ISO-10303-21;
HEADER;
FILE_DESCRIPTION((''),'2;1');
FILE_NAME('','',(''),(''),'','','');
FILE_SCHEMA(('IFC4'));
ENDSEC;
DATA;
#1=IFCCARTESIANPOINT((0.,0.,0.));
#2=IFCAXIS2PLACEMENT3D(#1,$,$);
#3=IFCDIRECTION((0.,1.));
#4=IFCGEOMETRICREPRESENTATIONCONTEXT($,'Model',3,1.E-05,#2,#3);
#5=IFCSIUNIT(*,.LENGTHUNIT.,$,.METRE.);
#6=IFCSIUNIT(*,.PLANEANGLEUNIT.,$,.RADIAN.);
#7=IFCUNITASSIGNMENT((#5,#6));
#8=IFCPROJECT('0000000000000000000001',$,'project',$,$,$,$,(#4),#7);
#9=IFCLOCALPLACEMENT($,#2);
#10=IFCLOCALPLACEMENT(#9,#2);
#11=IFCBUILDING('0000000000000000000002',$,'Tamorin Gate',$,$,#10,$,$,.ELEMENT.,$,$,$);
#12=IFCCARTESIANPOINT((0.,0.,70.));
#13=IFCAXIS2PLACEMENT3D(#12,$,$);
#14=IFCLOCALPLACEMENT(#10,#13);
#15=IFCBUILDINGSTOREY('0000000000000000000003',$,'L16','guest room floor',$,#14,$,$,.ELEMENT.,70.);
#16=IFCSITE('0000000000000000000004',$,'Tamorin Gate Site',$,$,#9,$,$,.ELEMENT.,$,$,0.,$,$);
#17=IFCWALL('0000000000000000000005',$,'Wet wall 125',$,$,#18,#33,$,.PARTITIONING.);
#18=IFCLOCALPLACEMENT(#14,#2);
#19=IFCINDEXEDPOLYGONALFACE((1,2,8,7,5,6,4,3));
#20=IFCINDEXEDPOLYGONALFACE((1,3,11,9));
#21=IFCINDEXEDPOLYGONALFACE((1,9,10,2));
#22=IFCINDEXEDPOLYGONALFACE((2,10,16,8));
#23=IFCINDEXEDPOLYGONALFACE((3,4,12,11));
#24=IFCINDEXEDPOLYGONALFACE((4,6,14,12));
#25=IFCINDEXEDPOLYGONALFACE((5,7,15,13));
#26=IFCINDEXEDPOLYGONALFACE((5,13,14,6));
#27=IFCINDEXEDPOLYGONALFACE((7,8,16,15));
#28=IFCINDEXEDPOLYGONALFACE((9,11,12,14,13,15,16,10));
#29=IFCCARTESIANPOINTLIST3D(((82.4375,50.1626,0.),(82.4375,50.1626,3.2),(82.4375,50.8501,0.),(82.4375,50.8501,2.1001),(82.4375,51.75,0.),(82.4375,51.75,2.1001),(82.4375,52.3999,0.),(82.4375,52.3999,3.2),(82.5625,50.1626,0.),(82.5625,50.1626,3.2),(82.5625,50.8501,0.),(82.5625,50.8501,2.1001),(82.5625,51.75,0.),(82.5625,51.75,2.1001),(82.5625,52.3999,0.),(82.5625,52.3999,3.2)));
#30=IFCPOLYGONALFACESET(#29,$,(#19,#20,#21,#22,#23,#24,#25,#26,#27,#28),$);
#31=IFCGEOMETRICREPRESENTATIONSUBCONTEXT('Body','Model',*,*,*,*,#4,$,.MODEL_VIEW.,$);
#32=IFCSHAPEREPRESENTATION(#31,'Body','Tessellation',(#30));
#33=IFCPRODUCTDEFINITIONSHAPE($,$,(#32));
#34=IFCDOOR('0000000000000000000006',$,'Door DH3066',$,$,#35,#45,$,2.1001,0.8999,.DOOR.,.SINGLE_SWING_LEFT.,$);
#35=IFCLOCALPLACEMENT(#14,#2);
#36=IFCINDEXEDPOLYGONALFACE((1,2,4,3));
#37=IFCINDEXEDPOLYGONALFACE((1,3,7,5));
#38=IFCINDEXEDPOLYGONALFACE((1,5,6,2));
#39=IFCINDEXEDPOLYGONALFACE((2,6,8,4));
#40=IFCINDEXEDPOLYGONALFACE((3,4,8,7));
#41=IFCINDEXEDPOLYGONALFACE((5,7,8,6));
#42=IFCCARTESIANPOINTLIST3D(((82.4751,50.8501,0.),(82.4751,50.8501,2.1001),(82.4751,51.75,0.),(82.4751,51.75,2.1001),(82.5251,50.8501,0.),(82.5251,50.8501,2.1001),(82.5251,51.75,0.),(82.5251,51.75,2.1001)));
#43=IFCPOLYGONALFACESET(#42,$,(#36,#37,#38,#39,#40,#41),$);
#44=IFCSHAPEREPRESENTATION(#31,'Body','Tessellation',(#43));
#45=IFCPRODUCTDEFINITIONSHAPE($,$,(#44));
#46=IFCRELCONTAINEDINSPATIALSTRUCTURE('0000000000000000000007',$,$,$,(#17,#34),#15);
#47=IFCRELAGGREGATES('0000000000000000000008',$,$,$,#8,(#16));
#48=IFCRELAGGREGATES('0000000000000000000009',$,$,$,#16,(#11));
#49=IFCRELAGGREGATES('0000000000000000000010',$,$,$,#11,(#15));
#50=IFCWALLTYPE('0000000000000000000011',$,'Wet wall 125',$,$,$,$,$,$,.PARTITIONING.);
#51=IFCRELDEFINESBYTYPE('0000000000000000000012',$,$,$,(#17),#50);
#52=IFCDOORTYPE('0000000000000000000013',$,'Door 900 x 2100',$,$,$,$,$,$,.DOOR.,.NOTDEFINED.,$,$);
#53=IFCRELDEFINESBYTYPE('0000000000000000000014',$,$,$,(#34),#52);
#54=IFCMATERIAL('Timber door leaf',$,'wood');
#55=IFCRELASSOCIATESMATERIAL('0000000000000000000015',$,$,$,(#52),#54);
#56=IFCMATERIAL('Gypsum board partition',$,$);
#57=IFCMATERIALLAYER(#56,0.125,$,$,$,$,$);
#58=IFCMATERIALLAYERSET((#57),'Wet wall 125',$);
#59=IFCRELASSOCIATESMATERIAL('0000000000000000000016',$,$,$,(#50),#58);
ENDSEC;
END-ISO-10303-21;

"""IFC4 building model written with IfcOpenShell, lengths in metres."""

from ifc_helpers import new_model, si_unit, direction, frame, frame_2d, origin, place, context, subcontext, project, spatial, rectangle, extrude, material, layer, layer_set, type_object, element, fill, save


model = new_model("IFC4")

# Units and contexts
model_context = context("Model", 3, precision=1e-05, world=origin(), true_north=direction((0.0, 1.0)))
body_context = subcontext(model_context, "Body", "Model", "MODEL_VIEW")
ifc_project = project(units=[si_unit("LENGTHUNIT", "METRE"), si_unit("PLANEANGLEUNIT", "RADIAN")], contexts=[model_context])

# Site, building, storey
site_placement = place(None, origin())
site = spatial("IfcSite", under=ifc_project, at=site_placement, Name="Tamorin Gate Site", CompositionType="ELEMENT", RefElevation=0.0)
building_placement = place(site_placement, origin())
building = spatial("IfcBuilding", under=site, at=building_placement, Name="Tamorin Gate", CompositionType="ELEMENT")
storey_placement = place(building_placement, frame((0.0, 0.0, 70.0)))
storey = spatial("IfcBuildingStorey", under=building, at=storey_placement, Name="L16", Description="guest room floor", CompositionType="ELEMENT", Elevation=70.0)

# Shared definitions
ifc_material_1 = material(Name="Gypsum board partition")
ifc_material_2 = material(Name="Timber door leaf", Category="wood")
door_type = type_object("IfcDoorType", Name="Door 900 x 2100", OperationType="NOTDEFINED", PredefinedType="DOOR", material=ifc_material_2)

# Shared definitions
ifc_layer_1 = layer(ifc_material_1, 0.125)
ifc_layer_set_1 = layer_set([ifc_layer_1], Name="Wet wall 125")
wall_type_1 = type_object("IfcWallType", Name="Wet wall 125", PredefinedType="PARTITIONING", material=ifc_layer_set_1)

# Wall, opening, door
wall_1_placement = place(storey_placement, frame((82.5, 50.1626, 0.0), z_axis=(0.0, 0.0, 1.0), x_axis=(0.0, 1.0, 0.0)))
wall_1 = element("IfcWall", 1, at=wall_1_placement, inside=storey, type_object=wall_type_1, Name="Wet wall 125", PredefinedType="PARTITIONING", context=body_context, shape_type="SweptSolid", body=[
    extrude(rectangle(XDim=2.2373, YDim=0.125, at=frame_2d((1.1187, 0.0))), origin(), (0.0, 0.0, 1.0), 3.2),
])
opening_1_placement = place(wall_1_placement, frame((0.6875, 0.0, 0.0)))
opening_1 = element("IfcOpeningElement", 2, at=opening_1_placement, cuts=wall_1, PredefinedType="OPENING", context=body_context, shape_type="SweptSolid", body=[
    extrude(rectangle(XDim=0.8999, YDim=2.1001, at=frame_2d((0.45, 1.05))), frame((0.0, 0.0725, 0.0), z_axis=(0.0, -1.0, 0.0), x_axis=(1.0, 0.0, 0.0)), (0.0, 0.0, 1.0), 0.145),
])
door_1_placement = place(opening_1_placement, origin())
door_1 = element("IfcDoor", 3, at=door_1_placement, inside=storey, type_object=door_type, Name="Door DH3066", OperationType="SINGLE_SWING_LEFT", OverallHeight=2.1001, OverallWidth=0.8999, PredefinedType="DOOR", context=body_context, shape_type="SweptSolid", body=[
    extrude(rectangle(XDim=0.8999, YDim=2.1001, at=frame_2d((0.45, 1.05))), frame((0.0, 0.0249, 0.0), z_axis=(0.0, -1.0, 0.0), x_axis=(1.0, 0.0, 0.0)), (0.0, 0.0, 1.0), 0.05),
])
fill(opening_1, door_1)

save(model, "model.ifc")
